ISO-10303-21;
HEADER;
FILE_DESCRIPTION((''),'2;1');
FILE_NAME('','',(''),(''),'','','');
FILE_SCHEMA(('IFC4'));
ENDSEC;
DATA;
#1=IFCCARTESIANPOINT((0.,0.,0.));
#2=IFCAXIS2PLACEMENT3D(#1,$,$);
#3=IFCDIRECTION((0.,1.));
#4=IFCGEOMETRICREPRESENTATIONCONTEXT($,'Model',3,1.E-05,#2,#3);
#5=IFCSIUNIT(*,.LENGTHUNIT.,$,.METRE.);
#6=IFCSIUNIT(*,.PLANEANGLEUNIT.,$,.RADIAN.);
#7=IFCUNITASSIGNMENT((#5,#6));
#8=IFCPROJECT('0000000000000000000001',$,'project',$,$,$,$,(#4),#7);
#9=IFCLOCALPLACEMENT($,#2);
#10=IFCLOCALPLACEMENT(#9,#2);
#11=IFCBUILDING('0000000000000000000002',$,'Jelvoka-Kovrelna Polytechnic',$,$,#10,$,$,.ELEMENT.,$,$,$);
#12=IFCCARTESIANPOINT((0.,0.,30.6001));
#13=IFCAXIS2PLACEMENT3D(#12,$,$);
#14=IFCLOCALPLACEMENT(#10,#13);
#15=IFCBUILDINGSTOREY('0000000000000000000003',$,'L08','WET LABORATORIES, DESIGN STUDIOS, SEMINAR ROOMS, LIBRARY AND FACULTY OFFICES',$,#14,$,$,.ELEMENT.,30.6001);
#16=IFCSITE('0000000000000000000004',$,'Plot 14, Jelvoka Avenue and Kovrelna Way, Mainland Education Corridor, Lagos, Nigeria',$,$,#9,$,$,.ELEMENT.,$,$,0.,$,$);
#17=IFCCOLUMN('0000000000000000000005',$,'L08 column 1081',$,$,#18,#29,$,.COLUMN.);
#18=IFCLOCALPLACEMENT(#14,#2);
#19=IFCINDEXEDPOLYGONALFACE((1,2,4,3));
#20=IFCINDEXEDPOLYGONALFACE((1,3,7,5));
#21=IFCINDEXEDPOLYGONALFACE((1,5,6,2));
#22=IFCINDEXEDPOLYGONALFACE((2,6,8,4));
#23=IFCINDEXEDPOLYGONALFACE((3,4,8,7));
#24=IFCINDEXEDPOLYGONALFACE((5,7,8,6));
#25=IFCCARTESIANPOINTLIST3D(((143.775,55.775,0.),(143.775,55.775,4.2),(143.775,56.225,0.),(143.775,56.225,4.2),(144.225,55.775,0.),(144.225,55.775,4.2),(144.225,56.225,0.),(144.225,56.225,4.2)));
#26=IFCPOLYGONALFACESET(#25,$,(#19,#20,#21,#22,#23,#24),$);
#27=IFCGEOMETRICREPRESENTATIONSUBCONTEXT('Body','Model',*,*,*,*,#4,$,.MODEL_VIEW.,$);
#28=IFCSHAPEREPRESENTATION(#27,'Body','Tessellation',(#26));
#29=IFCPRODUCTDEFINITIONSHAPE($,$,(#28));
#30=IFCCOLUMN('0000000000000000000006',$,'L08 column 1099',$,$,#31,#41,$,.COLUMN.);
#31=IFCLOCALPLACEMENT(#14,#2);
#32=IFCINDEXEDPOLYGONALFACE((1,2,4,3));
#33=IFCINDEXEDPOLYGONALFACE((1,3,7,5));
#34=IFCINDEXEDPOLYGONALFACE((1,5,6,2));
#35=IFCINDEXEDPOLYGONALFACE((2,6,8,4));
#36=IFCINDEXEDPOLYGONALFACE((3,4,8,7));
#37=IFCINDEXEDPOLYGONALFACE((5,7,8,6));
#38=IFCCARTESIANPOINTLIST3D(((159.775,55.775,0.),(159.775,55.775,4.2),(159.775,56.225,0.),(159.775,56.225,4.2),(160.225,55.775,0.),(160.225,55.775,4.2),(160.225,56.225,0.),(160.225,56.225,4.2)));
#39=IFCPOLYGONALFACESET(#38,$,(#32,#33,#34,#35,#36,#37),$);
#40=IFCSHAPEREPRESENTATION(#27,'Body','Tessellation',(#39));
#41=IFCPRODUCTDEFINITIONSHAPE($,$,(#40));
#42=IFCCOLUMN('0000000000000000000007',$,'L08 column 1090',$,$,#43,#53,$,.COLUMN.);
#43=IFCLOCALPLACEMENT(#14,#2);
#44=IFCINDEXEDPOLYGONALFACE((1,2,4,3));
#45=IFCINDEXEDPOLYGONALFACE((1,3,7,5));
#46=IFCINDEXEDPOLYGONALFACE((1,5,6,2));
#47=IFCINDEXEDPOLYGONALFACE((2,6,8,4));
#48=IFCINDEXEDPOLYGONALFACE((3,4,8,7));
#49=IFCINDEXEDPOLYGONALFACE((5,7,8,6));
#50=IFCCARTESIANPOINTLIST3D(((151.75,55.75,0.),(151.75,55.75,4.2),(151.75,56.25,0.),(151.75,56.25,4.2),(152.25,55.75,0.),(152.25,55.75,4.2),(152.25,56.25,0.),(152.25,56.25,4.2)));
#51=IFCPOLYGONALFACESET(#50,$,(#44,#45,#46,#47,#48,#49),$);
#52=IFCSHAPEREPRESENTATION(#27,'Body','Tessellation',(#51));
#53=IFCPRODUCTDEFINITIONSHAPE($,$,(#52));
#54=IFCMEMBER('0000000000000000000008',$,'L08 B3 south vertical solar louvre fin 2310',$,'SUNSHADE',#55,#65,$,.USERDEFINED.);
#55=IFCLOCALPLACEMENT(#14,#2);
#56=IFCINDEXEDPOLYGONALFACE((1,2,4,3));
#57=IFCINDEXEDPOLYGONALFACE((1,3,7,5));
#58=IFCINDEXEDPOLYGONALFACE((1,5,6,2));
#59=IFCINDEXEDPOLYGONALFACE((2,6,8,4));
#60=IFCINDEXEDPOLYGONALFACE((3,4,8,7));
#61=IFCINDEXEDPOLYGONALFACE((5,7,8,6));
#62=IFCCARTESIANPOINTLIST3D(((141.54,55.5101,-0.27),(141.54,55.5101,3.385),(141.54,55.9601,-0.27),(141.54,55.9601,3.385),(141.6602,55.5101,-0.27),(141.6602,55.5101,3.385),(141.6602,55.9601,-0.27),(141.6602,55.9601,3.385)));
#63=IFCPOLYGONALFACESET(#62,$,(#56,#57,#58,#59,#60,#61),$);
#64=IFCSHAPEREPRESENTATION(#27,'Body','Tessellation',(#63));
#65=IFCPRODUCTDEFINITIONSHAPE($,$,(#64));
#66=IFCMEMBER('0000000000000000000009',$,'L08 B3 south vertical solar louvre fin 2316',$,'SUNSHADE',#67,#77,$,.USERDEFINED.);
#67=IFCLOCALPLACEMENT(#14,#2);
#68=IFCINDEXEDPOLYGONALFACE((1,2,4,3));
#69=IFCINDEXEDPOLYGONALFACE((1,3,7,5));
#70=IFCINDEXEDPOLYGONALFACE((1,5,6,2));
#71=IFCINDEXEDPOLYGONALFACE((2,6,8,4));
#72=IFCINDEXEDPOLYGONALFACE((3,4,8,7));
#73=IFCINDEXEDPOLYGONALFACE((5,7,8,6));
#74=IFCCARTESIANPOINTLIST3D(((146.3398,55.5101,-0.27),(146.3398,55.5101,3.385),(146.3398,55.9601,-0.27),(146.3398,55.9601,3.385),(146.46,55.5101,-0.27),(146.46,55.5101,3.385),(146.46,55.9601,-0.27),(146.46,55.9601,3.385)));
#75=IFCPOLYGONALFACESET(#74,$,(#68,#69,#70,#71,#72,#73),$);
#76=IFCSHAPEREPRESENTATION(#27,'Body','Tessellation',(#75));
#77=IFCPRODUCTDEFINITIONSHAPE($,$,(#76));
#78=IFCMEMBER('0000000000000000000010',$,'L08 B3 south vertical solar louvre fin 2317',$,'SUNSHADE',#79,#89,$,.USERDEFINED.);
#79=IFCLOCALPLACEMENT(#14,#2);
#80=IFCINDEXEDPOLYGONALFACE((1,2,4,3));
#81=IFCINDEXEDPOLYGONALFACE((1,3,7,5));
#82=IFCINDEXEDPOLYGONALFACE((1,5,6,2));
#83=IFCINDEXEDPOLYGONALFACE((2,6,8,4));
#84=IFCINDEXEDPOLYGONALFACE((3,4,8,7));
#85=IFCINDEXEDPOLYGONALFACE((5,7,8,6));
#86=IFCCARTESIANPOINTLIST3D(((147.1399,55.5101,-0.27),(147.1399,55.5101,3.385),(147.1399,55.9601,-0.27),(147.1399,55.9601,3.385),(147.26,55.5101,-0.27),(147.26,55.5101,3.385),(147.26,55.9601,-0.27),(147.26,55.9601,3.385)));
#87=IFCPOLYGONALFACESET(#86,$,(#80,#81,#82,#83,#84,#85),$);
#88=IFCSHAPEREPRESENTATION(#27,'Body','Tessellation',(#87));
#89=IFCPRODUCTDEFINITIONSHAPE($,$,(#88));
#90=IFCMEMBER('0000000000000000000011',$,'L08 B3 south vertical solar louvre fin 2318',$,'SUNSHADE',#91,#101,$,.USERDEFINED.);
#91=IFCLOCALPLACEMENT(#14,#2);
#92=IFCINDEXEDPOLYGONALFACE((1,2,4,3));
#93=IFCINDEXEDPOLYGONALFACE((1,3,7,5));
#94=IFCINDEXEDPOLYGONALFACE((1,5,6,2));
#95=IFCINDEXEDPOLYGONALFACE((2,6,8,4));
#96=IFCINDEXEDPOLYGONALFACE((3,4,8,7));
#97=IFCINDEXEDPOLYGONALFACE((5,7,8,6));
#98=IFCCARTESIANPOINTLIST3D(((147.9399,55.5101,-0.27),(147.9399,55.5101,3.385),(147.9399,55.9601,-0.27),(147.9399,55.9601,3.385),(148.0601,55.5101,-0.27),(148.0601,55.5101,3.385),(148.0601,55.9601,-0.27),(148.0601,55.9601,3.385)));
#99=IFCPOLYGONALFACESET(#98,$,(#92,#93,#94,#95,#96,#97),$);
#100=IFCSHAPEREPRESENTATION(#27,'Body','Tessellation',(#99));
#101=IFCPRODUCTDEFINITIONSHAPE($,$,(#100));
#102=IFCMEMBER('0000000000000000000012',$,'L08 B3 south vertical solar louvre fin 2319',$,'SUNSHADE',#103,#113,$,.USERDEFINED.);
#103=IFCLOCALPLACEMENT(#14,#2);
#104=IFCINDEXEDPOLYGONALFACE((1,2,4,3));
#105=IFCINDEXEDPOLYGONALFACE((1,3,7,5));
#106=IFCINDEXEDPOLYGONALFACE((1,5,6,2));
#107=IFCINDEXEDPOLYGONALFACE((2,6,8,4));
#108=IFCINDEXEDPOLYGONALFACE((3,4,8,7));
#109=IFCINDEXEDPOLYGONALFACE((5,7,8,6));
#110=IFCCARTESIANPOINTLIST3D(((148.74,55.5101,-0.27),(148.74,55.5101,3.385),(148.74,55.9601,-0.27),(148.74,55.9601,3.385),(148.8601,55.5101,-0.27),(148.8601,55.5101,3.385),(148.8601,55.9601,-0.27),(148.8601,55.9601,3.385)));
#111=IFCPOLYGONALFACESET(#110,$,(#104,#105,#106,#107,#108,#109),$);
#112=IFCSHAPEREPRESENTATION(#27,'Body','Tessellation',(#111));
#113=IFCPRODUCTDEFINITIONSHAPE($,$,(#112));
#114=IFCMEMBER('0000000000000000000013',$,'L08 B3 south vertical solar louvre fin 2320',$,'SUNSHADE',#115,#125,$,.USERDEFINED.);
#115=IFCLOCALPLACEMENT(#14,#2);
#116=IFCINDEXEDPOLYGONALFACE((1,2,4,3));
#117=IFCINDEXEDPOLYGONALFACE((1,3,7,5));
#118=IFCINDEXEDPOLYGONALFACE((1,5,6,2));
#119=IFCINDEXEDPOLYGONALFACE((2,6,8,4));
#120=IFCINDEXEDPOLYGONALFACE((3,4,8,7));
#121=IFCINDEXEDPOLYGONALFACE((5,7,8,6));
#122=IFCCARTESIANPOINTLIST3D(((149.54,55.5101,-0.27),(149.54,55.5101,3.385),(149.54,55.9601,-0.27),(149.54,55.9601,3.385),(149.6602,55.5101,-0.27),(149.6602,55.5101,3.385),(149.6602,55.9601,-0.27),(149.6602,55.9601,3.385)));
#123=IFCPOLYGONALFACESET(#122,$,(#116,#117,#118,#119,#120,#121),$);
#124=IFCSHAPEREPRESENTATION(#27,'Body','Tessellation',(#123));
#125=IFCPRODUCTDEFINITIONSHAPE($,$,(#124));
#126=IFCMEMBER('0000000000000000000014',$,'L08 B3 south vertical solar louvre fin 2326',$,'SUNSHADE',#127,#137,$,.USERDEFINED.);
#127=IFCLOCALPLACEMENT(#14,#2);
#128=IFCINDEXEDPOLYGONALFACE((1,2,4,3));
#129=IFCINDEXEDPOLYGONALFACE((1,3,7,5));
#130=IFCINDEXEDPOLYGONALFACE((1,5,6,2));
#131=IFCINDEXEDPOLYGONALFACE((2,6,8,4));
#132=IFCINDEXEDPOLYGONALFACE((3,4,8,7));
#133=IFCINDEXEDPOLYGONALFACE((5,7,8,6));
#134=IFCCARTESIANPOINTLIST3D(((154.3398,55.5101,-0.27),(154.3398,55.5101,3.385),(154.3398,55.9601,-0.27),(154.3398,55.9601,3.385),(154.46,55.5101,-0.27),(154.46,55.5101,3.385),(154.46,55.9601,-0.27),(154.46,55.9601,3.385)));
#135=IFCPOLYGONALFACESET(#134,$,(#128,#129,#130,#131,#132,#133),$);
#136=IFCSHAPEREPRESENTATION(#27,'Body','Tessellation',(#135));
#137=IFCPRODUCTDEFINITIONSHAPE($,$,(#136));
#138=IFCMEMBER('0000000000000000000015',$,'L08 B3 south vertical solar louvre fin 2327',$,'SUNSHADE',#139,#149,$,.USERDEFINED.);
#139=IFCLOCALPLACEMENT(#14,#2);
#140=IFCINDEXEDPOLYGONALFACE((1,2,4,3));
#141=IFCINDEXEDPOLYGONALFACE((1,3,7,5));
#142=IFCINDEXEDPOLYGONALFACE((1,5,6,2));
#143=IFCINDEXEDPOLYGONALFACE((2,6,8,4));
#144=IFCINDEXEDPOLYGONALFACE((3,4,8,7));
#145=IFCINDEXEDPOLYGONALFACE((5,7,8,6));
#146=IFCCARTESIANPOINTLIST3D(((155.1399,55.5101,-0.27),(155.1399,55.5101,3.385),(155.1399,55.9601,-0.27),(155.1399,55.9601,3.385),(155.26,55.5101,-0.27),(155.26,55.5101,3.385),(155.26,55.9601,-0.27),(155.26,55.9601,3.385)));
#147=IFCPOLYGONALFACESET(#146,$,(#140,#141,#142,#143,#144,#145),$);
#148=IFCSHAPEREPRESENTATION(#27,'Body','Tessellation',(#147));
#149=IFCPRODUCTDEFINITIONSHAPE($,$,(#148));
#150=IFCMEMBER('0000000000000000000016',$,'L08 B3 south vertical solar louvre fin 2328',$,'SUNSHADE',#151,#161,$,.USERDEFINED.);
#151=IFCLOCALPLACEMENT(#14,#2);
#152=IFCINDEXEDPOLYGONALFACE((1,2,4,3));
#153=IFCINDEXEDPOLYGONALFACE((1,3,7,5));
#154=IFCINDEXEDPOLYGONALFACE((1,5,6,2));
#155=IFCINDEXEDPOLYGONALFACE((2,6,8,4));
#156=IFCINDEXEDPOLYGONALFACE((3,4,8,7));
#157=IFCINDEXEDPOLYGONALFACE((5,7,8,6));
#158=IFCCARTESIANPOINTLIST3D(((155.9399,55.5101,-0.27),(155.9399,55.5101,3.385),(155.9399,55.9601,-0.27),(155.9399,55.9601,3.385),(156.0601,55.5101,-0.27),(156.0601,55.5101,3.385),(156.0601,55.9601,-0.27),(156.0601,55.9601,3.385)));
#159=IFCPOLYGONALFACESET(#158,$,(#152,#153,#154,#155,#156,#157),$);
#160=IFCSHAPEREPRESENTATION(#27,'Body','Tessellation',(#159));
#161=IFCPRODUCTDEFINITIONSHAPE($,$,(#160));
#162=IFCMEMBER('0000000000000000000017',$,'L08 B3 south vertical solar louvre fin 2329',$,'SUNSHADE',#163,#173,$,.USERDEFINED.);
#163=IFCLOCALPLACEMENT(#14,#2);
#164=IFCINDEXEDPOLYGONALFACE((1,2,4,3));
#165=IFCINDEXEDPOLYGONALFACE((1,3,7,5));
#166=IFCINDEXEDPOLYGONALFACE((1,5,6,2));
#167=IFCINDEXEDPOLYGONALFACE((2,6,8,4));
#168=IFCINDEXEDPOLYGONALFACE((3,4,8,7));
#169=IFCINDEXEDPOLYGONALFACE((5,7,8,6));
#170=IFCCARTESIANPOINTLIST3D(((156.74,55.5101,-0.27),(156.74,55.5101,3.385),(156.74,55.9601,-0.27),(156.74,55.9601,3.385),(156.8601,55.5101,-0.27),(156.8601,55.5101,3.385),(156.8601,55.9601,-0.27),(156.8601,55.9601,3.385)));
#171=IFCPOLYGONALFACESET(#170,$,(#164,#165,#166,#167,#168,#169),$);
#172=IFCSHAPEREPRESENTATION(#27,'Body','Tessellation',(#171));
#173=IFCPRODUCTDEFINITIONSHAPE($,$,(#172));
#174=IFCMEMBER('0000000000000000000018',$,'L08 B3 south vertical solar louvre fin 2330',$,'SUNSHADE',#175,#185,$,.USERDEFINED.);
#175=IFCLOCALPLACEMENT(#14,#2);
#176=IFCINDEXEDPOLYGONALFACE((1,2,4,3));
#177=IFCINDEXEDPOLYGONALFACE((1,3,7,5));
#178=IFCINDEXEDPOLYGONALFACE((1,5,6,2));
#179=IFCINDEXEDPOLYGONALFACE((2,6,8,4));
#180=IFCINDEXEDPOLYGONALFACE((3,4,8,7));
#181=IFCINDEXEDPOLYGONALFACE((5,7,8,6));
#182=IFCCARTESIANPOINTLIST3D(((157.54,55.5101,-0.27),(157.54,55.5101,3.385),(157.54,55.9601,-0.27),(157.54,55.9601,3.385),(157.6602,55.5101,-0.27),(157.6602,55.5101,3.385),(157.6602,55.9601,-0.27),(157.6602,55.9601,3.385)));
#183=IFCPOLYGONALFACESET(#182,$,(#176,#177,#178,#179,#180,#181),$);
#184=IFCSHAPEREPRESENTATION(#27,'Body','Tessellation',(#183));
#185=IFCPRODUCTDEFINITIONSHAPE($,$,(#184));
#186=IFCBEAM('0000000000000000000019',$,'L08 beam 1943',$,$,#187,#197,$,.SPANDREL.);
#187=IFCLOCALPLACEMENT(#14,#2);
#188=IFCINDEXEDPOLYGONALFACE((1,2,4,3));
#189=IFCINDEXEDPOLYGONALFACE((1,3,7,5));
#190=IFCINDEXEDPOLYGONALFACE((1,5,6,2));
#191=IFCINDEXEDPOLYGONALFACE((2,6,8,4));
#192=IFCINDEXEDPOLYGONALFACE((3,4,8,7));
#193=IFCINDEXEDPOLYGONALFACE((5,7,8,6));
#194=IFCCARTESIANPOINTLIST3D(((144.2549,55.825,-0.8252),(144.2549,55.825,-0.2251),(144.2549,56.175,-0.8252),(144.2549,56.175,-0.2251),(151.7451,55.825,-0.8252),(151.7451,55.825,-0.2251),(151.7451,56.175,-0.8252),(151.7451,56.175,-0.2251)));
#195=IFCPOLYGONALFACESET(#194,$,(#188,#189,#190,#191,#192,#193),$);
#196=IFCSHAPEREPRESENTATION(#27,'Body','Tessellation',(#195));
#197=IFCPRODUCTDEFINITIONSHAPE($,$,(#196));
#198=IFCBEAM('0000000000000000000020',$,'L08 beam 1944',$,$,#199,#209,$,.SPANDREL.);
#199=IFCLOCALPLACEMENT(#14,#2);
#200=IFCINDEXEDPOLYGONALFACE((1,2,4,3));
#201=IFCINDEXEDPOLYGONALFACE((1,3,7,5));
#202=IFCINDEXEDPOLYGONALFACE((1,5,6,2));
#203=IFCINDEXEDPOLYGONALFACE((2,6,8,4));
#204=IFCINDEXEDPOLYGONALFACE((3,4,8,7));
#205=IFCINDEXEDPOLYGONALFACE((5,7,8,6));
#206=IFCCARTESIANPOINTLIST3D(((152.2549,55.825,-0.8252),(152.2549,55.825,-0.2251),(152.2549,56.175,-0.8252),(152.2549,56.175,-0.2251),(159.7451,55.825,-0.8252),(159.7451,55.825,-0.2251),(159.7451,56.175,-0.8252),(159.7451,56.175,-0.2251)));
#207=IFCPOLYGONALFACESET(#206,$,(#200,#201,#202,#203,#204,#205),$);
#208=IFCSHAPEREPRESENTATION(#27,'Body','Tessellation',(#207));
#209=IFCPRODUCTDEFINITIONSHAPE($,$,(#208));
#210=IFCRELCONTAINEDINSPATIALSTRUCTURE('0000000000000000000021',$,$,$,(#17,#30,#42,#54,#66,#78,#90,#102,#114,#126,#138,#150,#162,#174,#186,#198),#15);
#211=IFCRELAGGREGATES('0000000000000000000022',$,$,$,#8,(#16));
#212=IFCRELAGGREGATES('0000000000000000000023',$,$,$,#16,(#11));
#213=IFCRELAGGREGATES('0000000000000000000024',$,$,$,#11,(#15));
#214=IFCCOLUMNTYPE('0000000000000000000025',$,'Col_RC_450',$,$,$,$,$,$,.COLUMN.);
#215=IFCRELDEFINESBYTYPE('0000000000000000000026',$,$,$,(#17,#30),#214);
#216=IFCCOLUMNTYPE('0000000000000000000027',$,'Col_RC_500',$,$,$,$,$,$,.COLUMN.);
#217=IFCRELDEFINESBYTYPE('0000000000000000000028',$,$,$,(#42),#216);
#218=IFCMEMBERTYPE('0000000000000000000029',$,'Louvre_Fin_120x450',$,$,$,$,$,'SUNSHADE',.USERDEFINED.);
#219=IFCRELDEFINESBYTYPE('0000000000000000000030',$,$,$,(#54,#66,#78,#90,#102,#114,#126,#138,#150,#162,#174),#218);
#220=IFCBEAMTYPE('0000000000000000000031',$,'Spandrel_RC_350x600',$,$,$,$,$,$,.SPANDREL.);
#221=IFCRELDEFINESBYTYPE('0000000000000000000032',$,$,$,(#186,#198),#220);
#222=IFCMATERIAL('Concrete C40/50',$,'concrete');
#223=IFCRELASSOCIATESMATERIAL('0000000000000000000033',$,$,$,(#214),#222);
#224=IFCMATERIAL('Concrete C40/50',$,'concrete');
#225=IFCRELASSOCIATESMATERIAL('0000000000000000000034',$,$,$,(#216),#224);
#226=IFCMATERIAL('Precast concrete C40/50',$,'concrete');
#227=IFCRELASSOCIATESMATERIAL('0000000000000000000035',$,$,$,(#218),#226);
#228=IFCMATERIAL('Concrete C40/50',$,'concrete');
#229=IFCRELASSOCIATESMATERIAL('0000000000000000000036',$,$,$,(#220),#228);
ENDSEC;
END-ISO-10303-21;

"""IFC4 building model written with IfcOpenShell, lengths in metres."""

from ifc_helpers import new_model, si_unit, direction, frame, origin, origin_2d, place, context, subcontext, project, spatial, rectangle, extrude, material, material_profile, profile_set, type_object, element, save


model = new_model("IFC4")

# Units and contexts
model_context = context("Model", 3, precision=1e-05, world=origin(), true_north=direction((0.0, 1.0)))
body_context = subcontext(model_context, "Body", "Model", "MODEL_VIEW")
ifc_project = project(units=[si_unit("LENGTHUNIT", "METRE"), si_unit("PLANEANGLEUNIT", "RADIAN")], contexts=[model_context])

# Site, building, storey
site_placement = place(None, origin())
site = spatial("IfcSite", under=ifc_project, at=site_placement, Name="Plot 14, Jelvoka Avenue and Kovrelna Way, Mainland Education Corridor, Lagos, Nigeria", CompositionType="ELEMENT", RefElevation=0.0)
building_placement = place(site_placement, origin())
building = spatial("IfcBuilding", under=site, at=building_placement, Name="Jelvoka-Kovrelna Polytechnic", CompositionType="ELEMENT")
storey_placement = place(building_placement, frame((0.0, 0.0, 30.6001)))
storey = spatial("IfcBuildingStorey", under=building, at=storey_placement, Name="L08", Description="WET LABORATORIES, DESIGN STUDIOS, SEMINAR ROOMS, LIBRARY AND FACULTY OFFICES", CompositionType="ELEMENT", Elevation=30.6001)

# Columns
ifc_material_1 = material(Name="Concrete C40/50", Category="concrete")
ifc_material_profile_1 = material_profile(ifc_material_1, rectangle(XDim=0.45, YDim=0.45, at=origin_2d()), Name="RC 450x450")
ifc_profile_set_1 = profile_set([ifc_material_profile_1], Name="Concrete C40/50")
column_type_1 = type_object("IfcColumnType", Name="Col_RC_450", PredefinedType="COLUMN", material=ifc_profile_set_1)
for number, where, z_axis, x_axis, name in (
    (1, (144.0, 56.0, 0.0), (0.0, 0.0, 1.0), (1.0, 0.0, 0.0), "L08 column 1081"),
    (2, (160.0, 56.0, 0.0), (0.0, 0.0, 1.0), (1.0, 0.0, 0.0), "L08 column 1099"),
):
    element("IfcColumn", number, at=place(storey_placement, frame(where, z_axis=z_axis, x_axis=x_axis)), inside=storey, type_object=column_type_1, Name=name, PredefinedType="COLUMN", context=body_context, shape_type="SweptSolid", body=[
        extrude(rectangle(XDim=0.45, YDim=0.45, at=origin_2d()), origin(), (0.0, 0.0, 1.0), 4.2),
    ])
ifc_material_2 = material(Name="Concrete C40/50", Category="concrete")
ifc_material_profile_2 = material_profile(ifc_material_2, rectangle(XDim=0.5, YDim=0.5, at=origin_2d()), Name="RC 500x500")
ifc_profile_set_2 = profile_set([ifc_material_profile_2], Name="Concrete C40/50")
column_type_2 = type_object("IfcColumnType", Name="Col_RC_500", PredefinedType="COLUMN", material=ifc_profile_set_2)
column_placement = place(storey_placement, frame((152.0, 56.0, 0.0), z_axis=(0.0, 0.0, 1.0), x_axis=(1.0, 0.0, 0.0)))
element("IfcColumn", 3, at=column_placement, inside=storey, type_object=column_type_2, Name="L08 column 1090", PredefinedType="COLUMN", context=body_context, shape_type="SweptSolid", body=[
    extrude(rectangle(XDim=0.5, YDim=0.5, at=origin_2d()), origin(), (0.0, 0.0, 1.0), 4.2),
])

# Members
ifc_material_3 = material(Name="Precast concrete C40/50", Category="concrete")
ifc_material_profile_3 = material_profile(ifc_material_3, rectangle(XDim=0.1201, YDim=0.45, at=origin_2d()), Name="PC 120x450")
ifc_profile_set_3 = profile_set([ifc_material_profile_3], Name="Precast concrete C40/50")
member_type = type_object("IfcMemberType", Name="Louvre_Fin_120x450", ElementType="SUNSHADE", PredefinedType="USERDEFINED", material=ifc_profile_set_3)
for number, where, z_axis, x_axis, name in (
    (4, (141.6001, 55.7351, -0.27), (0.0, 0.0, 1.0), (1.0, 0.0, 0.0), "L08 B3 south vertical solar louvre fin 2310"),
    (5, (146.3999, 55.7351, -0.27), (0.0, 0.0, 1.0), (1.0, 0.0, 0.0), "L08 B3 south vertical solar louvre fin 2316"),
    (6, (147.2, 55.7351, -0.27), (0.0, 0.0, 1.0), (1.0, 0.0, 0.0), "L08 B3 south vertical solar louvre fin 2317"),
    (7, (148.0, 55.7351, -0.27), (0.0, 0.0, 1.0), (1.0, 0.0, 0.0), "L08 B3 south vertical solar louvre fin 2318"),
    (8, (148.8, 55.7351, -0.27), (0.0, 0.0, 1.0), (1.0, 0.0, 0.0), "L08 B3 south vertical solar louvre fin 2319"),
    (9, (149.6001, 55.7351, -0.27), (0.0, 0.0, 1.0), (1.0, 0.0, 0.0), "L08 B3 south vertical solar louvre fin 2320"),
    (10, (154.3999, 55.7351, -0.27), (0.0, 0.0, 1.0), (1.0, 0.0, 0.0), "L08 B3 south vertical solar louvre fin 2326"),
    (11, (155.2, 55.7351, -0.27), (0.0, 0.0, 1.0), (1.0, 0.0, 0.0), "L08 B3 south vertical solar louvre fin 2327"),
    (12, (156.0, 55.7351, -0.27), (0.0, 0.0, 1.0), (1.0, 0.0, 0.0), "L08 B3 south vertical solar louvre fin 2328"),
    (13, (156.8, 55.7351, -0.27), (0.0, 0.0, 1.0), (1.0, 0.0, 0.0), "L08 B3 south vertical solar louvre fin 2329"),
    (14, (157.6001, 55.7351, -0.27), (0.0, 0.0, 1.0), (1.0, 0.0, 0.0), "L08 B3 south vertical solar louvre fin 2330"),
):
    element("IfcMember", number, at=place(storey_placement, frame(where, z_axis=z_axis, x_axis=x_axis)), inside=storey, type_object=member_type, Name=name, ObjectType="SUNSHADE", PredefinedType="USERDEFINED", context=body_context, shape_type="SweptSolid", body=[
        extrude(rectangle(XDim=0.1201, YDim=0.45, at=origin_2d()), origin(), (0.0, 0.0, 1.0), 3.655),
    ])

# Beams
ifc_material_4 = material(Name="Concrete C40/50", Category="concrete")
ifc_material_profile_4 = material_profile(ifc_material_4, rectangle(XDim=0.3501, YDim=0.6001, at=origin_2d()), Name="RC 350x600")
ifc_profile_set_4 = profile_set([ifc_material_profile_4], Name="Concrete C40/50")
beam_type = type_object("IfcBeamType", Name="Spandrel_RC_350x600", PredefinedType="SPANDREL", material=ifc_profile_set_4)
for number, where, z_axis, x_axis, name in (
    (15, (144.2549, 56.0, -0.5251), (1.0, 0.0, 0.0), (0.0, 1.0, 0.0), "L08 beam 1943"),
    (16, (152.2549, 56.0, -0.5251), (1.0, 0.0, 0.0), (0.0, 1.0, 0.0), "L08 beam 1944"),
):
    element("IfcBeam", number, at=place(storey_placement, frame(where, z_axis=z_axis, x_axis=x_axis)), inside=storey, type_object=beam_type, Name=name, PredefinedType="SPANDREL", context=body_context, shape_type="SweptSolid", body=[
        extrude(rectangle(XDim=0.3501, YDim=0.6001, at=origin_2d()), origin(), (0.0, 0.0, 1.0), 7.4902),
    ])

save(model, "model.ifc")
